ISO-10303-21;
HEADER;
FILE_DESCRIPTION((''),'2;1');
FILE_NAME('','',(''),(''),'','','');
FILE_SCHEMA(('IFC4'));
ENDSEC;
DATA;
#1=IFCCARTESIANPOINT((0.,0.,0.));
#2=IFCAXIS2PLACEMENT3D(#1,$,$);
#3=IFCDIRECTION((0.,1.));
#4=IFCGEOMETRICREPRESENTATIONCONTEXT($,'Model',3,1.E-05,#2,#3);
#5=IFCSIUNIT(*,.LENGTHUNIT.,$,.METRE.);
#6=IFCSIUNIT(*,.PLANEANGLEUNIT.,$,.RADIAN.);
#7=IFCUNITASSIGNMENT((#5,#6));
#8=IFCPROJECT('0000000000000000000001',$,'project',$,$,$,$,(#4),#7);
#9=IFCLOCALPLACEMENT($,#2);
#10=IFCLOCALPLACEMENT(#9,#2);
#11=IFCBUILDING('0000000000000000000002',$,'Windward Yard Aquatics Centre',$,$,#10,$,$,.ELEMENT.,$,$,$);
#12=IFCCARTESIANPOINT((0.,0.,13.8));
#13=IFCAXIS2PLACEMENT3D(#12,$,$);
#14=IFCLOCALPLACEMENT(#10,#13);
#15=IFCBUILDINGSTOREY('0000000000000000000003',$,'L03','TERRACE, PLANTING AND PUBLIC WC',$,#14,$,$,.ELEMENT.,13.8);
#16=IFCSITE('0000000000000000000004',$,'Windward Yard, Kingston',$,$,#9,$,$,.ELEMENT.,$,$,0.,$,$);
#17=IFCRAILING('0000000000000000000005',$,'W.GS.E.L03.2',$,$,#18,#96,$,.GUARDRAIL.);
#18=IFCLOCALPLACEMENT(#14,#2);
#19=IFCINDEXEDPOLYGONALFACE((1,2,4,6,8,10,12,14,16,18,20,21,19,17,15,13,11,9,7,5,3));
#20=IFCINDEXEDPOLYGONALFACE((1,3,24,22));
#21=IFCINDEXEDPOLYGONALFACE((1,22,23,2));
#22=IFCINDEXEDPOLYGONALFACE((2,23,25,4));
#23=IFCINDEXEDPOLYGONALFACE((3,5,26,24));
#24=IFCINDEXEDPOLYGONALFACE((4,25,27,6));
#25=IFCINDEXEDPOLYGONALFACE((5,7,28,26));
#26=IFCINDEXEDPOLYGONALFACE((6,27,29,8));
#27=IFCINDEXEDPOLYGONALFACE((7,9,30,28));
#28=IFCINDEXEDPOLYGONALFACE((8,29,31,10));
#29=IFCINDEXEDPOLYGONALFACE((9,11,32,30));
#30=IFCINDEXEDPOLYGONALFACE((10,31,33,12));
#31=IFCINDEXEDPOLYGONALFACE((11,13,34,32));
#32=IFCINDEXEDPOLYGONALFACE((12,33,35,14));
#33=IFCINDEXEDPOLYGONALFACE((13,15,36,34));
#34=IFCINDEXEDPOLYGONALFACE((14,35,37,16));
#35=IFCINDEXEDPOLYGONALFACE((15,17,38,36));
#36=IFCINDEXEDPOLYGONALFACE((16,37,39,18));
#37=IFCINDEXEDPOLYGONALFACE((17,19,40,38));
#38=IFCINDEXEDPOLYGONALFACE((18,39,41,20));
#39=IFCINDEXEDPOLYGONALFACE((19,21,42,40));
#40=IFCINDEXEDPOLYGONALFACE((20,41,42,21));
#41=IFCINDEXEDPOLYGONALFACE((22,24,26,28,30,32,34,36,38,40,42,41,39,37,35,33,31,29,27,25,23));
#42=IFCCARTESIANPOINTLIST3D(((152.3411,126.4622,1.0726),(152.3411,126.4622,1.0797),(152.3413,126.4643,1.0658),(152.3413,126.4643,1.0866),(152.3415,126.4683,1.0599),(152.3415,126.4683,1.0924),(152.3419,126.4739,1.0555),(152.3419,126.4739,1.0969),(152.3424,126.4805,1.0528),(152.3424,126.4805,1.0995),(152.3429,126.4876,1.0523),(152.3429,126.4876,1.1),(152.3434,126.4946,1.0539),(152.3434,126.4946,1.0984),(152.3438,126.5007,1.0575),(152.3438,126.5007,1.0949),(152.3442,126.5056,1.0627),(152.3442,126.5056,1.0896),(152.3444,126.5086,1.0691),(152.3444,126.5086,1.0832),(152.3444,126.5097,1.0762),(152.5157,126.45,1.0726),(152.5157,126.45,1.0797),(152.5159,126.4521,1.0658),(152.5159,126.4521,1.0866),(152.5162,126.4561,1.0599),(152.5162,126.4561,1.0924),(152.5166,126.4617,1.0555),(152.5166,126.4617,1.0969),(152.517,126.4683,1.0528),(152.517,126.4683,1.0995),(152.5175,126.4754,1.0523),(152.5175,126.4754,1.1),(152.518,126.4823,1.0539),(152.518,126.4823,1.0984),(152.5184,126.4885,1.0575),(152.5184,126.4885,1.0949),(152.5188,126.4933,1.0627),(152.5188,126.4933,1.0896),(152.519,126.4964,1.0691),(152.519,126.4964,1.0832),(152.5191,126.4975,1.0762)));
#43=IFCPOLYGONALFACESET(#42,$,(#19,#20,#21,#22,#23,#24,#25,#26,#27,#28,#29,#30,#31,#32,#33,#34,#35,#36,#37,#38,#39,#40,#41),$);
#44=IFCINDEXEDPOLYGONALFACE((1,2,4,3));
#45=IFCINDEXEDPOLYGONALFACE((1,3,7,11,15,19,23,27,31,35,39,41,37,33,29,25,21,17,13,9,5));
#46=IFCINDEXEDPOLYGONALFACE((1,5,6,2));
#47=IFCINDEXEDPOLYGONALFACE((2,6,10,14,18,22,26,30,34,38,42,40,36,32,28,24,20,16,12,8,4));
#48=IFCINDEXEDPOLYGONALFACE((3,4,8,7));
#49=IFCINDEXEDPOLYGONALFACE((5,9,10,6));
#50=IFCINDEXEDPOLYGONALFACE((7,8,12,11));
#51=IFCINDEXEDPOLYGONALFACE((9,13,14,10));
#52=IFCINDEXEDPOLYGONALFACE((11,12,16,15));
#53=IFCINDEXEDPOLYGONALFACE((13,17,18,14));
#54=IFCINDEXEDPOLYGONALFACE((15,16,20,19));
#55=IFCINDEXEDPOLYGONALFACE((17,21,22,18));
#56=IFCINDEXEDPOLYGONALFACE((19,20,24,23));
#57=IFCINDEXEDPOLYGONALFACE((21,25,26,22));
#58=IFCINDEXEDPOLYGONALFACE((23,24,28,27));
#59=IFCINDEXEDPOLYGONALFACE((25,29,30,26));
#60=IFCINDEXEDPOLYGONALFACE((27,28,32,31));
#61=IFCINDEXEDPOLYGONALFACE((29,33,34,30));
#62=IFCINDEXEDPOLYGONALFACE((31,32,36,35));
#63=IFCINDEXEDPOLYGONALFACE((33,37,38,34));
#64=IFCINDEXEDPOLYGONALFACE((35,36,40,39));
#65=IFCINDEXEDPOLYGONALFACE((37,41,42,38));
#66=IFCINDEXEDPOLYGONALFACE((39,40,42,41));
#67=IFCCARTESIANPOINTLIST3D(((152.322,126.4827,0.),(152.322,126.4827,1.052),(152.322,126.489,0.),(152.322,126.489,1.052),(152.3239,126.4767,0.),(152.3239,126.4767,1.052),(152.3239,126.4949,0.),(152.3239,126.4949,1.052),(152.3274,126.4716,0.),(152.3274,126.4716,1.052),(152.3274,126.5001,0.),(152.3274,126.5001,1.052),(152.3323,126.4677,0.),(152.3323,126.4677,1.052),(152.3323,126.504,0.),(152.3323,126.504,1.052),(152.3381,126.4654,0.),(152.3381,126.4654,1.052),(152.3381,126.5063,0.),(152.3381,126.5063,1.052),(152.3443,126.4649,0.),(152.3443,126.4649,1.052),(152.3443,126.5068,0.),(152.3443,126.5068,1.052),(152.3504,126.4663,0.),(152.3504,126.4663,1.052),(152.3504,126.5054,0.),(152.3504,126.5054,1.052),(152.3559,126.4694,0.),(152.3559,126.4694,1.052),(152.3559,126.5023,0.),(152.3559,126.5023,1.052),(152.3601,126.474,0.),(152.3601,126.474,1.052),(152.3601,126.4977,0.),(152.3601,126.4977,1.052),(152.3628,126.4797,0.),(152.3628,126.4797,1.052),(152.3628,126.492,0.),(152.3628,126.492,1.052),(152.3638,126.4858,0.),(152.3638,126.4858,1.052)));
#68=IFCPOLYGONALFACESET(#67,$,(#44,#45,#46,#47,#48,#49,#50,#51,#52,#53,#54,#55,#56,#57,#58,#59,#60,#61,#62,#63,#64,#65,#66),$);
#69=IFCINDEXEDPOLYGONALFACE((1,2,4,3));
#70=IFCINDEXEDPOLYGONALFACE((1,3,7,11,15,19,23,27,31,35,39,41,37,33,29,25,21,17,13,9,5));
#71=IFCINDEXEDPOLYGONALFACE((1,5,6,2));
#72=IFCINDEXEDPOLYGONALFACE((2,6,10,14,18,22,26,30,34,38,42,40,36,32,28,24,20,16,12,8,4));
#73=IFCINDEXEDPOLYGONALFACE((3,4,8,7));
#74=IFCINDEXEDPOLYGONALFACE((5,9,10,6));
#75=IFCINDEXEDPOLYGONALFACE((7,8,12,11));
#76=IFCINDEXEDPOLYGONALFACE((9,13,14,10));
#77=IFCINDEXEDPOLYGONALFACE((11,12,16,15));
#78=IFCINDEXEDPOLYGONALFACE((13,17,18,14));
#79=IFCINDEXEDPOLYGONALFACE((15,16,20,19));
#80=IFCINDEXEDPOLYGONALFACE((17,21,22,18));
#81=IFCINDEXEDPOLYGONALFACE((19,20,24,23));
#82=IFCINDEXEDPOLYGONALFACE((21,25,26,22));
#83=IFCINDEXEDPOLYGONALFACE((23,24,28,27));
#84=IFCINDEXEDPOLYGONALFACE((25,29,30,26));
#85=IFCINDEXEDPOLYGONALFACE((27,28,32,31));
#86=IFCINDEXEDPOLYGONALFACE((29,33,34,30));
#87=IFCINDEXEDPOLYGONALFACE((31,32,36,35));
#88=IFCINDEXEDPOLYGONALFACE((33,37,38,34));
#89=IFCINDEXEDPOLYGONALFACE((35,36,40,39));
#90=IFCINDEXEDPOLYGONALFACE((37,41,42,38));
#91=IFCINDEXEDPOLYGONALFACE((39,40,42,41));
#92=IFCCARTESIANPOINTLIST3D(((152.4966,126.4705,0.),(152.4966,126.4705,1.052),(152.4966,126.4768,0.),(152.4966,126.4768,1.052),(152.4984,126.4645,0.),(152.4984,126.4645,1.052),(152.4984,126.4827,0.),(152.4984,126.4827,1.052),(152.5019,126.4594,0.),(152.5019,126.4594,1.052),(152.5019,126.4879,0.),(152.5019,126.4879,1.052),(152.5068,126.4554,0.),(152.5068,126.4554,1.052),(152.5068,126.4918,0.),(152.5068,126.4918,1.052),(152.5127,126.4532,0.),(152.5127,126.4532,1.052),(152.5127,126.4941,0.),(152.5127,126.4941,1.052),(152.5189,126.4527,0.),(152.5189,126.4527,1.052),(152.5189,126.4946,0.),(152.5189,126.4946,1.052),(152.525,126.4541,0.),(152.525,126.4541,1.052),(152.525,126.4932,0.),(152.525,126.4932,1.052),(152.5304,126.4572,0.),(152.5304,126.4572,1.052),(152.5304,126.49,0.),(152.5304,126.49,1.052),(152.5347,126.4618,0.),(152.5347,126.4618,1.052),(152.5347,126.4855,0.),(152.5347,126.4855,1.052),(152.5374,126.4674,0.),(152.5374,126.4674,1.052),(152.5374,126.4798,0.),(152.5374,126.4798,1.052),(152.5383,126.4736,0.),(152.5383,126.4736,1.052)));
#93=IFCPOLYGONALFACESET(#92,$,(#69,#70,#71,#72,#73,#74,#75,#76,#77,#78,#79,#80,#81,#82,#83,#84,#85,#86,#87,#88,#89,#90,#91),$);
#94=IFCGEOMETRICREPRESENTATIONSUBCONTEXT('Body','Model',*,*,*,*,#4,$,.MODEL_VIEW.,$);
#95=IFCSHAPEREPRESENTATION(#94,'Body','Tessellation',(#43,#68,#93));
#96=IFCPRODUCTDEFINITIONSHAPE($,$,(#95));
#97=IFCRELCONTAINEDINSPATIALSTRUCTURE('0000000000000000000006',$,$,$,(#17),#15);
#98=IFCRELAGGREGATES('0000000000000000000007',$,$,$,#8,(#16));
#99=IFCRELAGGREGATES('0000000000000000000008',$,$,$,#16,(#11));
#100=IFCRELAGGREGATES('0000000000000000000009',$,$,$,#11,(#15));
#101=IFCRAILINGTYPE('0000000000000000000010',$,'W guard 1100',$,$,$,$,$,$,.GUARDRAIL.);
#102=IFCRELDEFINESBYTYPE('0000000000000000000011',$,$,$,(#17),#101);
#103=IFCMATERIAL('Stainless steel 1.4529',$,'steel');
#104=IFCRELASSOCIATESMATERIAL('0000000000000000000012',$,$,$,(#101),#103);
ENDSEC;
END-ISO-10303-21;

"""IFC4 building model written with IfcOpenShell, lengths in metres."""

from ifc_helpers import new_model, si_unit, direction, frame, origin, origin_2d, place, context, subcontext, project, spatial, circle, extrude, material, type_object, element, save


model = new_model("IFC4")

# Units and contexts
model_context = context("Model", 3, precision=1e-05, world=origin(), true_north=direction((0.0, 1.0)))
body_context = subcontext(model_context, "Body", "Model", "MODEL_VIEW")
ifc_project = project(units=[si_unit("LENGTHUNIT", "METRE"), si_unit("PLANEANGLEUNIT", "RADIAN")], contexts=[model_context])

# Site, building, storey
site_placement = place(None, origin())
site = spatial("IfcSite", under=ifc_project, at=site_placement, Name="Windward Yard, Kingston", CompositionType="ELEMENT", RefElevation=0.0)
building_placement = place(site_placement, origin())
building = spatial("IfcBuilding", under=site, at=building_placement, Name="Windward Yard Aquatics Centre", CompositionType="ELEMENT")
storey_placement = place(building_placement, frame((0.0, 0.0, 13.8)))
storey = spatial("IfcBuildingStorey", under=building, at=storey_placement, Name="L03", Description="TERRACE, PLANTING AND PUBLIC WC", CompositionType="ELEMENT", Elevation=13.8)

# Railing
ifc_material_1 = material(Name="Stainless steel 1.4529", Category="steel")
railing_type_1 = type_object("IfcRailingType", Name="W guard 1100", PredefinedType="GUARDRAIL", material=ifc_material_1)
railing_1_placement = place(storey_placement, frame((152.3428, 126.4858, 0.0)))
element("IfcRailing", 1, at=railing_1_placement, inside=storey, type_object=railing_type_1, Name="W.GS.E.L03.2", PredefinedType="GUARDRAIL", context=body_context, shape_type="SweptSolid", body=[
    extrude(circle(Radius=0.0239, at=origin_2d()), frame((0.0, 0.0, 1.0762), z_axis=(0.997564, -0.06976, 0.0), x_axis=(0.06976, 0.997564, 0.0)), (0.0, 0.0, 1.0), 0.175),
    extrude(circle(Radius=0.021, at=origin_2d()), origin(), (0.0, 0.0, 1.0), 1.052),
    extrude(circle(Radius=0.021, at=origin_2d()), frame((0.1746, -0.0122, 0.0)), (0.0, 0.0, 1.0), 1.052),
])

save(model, "model.ifc")
